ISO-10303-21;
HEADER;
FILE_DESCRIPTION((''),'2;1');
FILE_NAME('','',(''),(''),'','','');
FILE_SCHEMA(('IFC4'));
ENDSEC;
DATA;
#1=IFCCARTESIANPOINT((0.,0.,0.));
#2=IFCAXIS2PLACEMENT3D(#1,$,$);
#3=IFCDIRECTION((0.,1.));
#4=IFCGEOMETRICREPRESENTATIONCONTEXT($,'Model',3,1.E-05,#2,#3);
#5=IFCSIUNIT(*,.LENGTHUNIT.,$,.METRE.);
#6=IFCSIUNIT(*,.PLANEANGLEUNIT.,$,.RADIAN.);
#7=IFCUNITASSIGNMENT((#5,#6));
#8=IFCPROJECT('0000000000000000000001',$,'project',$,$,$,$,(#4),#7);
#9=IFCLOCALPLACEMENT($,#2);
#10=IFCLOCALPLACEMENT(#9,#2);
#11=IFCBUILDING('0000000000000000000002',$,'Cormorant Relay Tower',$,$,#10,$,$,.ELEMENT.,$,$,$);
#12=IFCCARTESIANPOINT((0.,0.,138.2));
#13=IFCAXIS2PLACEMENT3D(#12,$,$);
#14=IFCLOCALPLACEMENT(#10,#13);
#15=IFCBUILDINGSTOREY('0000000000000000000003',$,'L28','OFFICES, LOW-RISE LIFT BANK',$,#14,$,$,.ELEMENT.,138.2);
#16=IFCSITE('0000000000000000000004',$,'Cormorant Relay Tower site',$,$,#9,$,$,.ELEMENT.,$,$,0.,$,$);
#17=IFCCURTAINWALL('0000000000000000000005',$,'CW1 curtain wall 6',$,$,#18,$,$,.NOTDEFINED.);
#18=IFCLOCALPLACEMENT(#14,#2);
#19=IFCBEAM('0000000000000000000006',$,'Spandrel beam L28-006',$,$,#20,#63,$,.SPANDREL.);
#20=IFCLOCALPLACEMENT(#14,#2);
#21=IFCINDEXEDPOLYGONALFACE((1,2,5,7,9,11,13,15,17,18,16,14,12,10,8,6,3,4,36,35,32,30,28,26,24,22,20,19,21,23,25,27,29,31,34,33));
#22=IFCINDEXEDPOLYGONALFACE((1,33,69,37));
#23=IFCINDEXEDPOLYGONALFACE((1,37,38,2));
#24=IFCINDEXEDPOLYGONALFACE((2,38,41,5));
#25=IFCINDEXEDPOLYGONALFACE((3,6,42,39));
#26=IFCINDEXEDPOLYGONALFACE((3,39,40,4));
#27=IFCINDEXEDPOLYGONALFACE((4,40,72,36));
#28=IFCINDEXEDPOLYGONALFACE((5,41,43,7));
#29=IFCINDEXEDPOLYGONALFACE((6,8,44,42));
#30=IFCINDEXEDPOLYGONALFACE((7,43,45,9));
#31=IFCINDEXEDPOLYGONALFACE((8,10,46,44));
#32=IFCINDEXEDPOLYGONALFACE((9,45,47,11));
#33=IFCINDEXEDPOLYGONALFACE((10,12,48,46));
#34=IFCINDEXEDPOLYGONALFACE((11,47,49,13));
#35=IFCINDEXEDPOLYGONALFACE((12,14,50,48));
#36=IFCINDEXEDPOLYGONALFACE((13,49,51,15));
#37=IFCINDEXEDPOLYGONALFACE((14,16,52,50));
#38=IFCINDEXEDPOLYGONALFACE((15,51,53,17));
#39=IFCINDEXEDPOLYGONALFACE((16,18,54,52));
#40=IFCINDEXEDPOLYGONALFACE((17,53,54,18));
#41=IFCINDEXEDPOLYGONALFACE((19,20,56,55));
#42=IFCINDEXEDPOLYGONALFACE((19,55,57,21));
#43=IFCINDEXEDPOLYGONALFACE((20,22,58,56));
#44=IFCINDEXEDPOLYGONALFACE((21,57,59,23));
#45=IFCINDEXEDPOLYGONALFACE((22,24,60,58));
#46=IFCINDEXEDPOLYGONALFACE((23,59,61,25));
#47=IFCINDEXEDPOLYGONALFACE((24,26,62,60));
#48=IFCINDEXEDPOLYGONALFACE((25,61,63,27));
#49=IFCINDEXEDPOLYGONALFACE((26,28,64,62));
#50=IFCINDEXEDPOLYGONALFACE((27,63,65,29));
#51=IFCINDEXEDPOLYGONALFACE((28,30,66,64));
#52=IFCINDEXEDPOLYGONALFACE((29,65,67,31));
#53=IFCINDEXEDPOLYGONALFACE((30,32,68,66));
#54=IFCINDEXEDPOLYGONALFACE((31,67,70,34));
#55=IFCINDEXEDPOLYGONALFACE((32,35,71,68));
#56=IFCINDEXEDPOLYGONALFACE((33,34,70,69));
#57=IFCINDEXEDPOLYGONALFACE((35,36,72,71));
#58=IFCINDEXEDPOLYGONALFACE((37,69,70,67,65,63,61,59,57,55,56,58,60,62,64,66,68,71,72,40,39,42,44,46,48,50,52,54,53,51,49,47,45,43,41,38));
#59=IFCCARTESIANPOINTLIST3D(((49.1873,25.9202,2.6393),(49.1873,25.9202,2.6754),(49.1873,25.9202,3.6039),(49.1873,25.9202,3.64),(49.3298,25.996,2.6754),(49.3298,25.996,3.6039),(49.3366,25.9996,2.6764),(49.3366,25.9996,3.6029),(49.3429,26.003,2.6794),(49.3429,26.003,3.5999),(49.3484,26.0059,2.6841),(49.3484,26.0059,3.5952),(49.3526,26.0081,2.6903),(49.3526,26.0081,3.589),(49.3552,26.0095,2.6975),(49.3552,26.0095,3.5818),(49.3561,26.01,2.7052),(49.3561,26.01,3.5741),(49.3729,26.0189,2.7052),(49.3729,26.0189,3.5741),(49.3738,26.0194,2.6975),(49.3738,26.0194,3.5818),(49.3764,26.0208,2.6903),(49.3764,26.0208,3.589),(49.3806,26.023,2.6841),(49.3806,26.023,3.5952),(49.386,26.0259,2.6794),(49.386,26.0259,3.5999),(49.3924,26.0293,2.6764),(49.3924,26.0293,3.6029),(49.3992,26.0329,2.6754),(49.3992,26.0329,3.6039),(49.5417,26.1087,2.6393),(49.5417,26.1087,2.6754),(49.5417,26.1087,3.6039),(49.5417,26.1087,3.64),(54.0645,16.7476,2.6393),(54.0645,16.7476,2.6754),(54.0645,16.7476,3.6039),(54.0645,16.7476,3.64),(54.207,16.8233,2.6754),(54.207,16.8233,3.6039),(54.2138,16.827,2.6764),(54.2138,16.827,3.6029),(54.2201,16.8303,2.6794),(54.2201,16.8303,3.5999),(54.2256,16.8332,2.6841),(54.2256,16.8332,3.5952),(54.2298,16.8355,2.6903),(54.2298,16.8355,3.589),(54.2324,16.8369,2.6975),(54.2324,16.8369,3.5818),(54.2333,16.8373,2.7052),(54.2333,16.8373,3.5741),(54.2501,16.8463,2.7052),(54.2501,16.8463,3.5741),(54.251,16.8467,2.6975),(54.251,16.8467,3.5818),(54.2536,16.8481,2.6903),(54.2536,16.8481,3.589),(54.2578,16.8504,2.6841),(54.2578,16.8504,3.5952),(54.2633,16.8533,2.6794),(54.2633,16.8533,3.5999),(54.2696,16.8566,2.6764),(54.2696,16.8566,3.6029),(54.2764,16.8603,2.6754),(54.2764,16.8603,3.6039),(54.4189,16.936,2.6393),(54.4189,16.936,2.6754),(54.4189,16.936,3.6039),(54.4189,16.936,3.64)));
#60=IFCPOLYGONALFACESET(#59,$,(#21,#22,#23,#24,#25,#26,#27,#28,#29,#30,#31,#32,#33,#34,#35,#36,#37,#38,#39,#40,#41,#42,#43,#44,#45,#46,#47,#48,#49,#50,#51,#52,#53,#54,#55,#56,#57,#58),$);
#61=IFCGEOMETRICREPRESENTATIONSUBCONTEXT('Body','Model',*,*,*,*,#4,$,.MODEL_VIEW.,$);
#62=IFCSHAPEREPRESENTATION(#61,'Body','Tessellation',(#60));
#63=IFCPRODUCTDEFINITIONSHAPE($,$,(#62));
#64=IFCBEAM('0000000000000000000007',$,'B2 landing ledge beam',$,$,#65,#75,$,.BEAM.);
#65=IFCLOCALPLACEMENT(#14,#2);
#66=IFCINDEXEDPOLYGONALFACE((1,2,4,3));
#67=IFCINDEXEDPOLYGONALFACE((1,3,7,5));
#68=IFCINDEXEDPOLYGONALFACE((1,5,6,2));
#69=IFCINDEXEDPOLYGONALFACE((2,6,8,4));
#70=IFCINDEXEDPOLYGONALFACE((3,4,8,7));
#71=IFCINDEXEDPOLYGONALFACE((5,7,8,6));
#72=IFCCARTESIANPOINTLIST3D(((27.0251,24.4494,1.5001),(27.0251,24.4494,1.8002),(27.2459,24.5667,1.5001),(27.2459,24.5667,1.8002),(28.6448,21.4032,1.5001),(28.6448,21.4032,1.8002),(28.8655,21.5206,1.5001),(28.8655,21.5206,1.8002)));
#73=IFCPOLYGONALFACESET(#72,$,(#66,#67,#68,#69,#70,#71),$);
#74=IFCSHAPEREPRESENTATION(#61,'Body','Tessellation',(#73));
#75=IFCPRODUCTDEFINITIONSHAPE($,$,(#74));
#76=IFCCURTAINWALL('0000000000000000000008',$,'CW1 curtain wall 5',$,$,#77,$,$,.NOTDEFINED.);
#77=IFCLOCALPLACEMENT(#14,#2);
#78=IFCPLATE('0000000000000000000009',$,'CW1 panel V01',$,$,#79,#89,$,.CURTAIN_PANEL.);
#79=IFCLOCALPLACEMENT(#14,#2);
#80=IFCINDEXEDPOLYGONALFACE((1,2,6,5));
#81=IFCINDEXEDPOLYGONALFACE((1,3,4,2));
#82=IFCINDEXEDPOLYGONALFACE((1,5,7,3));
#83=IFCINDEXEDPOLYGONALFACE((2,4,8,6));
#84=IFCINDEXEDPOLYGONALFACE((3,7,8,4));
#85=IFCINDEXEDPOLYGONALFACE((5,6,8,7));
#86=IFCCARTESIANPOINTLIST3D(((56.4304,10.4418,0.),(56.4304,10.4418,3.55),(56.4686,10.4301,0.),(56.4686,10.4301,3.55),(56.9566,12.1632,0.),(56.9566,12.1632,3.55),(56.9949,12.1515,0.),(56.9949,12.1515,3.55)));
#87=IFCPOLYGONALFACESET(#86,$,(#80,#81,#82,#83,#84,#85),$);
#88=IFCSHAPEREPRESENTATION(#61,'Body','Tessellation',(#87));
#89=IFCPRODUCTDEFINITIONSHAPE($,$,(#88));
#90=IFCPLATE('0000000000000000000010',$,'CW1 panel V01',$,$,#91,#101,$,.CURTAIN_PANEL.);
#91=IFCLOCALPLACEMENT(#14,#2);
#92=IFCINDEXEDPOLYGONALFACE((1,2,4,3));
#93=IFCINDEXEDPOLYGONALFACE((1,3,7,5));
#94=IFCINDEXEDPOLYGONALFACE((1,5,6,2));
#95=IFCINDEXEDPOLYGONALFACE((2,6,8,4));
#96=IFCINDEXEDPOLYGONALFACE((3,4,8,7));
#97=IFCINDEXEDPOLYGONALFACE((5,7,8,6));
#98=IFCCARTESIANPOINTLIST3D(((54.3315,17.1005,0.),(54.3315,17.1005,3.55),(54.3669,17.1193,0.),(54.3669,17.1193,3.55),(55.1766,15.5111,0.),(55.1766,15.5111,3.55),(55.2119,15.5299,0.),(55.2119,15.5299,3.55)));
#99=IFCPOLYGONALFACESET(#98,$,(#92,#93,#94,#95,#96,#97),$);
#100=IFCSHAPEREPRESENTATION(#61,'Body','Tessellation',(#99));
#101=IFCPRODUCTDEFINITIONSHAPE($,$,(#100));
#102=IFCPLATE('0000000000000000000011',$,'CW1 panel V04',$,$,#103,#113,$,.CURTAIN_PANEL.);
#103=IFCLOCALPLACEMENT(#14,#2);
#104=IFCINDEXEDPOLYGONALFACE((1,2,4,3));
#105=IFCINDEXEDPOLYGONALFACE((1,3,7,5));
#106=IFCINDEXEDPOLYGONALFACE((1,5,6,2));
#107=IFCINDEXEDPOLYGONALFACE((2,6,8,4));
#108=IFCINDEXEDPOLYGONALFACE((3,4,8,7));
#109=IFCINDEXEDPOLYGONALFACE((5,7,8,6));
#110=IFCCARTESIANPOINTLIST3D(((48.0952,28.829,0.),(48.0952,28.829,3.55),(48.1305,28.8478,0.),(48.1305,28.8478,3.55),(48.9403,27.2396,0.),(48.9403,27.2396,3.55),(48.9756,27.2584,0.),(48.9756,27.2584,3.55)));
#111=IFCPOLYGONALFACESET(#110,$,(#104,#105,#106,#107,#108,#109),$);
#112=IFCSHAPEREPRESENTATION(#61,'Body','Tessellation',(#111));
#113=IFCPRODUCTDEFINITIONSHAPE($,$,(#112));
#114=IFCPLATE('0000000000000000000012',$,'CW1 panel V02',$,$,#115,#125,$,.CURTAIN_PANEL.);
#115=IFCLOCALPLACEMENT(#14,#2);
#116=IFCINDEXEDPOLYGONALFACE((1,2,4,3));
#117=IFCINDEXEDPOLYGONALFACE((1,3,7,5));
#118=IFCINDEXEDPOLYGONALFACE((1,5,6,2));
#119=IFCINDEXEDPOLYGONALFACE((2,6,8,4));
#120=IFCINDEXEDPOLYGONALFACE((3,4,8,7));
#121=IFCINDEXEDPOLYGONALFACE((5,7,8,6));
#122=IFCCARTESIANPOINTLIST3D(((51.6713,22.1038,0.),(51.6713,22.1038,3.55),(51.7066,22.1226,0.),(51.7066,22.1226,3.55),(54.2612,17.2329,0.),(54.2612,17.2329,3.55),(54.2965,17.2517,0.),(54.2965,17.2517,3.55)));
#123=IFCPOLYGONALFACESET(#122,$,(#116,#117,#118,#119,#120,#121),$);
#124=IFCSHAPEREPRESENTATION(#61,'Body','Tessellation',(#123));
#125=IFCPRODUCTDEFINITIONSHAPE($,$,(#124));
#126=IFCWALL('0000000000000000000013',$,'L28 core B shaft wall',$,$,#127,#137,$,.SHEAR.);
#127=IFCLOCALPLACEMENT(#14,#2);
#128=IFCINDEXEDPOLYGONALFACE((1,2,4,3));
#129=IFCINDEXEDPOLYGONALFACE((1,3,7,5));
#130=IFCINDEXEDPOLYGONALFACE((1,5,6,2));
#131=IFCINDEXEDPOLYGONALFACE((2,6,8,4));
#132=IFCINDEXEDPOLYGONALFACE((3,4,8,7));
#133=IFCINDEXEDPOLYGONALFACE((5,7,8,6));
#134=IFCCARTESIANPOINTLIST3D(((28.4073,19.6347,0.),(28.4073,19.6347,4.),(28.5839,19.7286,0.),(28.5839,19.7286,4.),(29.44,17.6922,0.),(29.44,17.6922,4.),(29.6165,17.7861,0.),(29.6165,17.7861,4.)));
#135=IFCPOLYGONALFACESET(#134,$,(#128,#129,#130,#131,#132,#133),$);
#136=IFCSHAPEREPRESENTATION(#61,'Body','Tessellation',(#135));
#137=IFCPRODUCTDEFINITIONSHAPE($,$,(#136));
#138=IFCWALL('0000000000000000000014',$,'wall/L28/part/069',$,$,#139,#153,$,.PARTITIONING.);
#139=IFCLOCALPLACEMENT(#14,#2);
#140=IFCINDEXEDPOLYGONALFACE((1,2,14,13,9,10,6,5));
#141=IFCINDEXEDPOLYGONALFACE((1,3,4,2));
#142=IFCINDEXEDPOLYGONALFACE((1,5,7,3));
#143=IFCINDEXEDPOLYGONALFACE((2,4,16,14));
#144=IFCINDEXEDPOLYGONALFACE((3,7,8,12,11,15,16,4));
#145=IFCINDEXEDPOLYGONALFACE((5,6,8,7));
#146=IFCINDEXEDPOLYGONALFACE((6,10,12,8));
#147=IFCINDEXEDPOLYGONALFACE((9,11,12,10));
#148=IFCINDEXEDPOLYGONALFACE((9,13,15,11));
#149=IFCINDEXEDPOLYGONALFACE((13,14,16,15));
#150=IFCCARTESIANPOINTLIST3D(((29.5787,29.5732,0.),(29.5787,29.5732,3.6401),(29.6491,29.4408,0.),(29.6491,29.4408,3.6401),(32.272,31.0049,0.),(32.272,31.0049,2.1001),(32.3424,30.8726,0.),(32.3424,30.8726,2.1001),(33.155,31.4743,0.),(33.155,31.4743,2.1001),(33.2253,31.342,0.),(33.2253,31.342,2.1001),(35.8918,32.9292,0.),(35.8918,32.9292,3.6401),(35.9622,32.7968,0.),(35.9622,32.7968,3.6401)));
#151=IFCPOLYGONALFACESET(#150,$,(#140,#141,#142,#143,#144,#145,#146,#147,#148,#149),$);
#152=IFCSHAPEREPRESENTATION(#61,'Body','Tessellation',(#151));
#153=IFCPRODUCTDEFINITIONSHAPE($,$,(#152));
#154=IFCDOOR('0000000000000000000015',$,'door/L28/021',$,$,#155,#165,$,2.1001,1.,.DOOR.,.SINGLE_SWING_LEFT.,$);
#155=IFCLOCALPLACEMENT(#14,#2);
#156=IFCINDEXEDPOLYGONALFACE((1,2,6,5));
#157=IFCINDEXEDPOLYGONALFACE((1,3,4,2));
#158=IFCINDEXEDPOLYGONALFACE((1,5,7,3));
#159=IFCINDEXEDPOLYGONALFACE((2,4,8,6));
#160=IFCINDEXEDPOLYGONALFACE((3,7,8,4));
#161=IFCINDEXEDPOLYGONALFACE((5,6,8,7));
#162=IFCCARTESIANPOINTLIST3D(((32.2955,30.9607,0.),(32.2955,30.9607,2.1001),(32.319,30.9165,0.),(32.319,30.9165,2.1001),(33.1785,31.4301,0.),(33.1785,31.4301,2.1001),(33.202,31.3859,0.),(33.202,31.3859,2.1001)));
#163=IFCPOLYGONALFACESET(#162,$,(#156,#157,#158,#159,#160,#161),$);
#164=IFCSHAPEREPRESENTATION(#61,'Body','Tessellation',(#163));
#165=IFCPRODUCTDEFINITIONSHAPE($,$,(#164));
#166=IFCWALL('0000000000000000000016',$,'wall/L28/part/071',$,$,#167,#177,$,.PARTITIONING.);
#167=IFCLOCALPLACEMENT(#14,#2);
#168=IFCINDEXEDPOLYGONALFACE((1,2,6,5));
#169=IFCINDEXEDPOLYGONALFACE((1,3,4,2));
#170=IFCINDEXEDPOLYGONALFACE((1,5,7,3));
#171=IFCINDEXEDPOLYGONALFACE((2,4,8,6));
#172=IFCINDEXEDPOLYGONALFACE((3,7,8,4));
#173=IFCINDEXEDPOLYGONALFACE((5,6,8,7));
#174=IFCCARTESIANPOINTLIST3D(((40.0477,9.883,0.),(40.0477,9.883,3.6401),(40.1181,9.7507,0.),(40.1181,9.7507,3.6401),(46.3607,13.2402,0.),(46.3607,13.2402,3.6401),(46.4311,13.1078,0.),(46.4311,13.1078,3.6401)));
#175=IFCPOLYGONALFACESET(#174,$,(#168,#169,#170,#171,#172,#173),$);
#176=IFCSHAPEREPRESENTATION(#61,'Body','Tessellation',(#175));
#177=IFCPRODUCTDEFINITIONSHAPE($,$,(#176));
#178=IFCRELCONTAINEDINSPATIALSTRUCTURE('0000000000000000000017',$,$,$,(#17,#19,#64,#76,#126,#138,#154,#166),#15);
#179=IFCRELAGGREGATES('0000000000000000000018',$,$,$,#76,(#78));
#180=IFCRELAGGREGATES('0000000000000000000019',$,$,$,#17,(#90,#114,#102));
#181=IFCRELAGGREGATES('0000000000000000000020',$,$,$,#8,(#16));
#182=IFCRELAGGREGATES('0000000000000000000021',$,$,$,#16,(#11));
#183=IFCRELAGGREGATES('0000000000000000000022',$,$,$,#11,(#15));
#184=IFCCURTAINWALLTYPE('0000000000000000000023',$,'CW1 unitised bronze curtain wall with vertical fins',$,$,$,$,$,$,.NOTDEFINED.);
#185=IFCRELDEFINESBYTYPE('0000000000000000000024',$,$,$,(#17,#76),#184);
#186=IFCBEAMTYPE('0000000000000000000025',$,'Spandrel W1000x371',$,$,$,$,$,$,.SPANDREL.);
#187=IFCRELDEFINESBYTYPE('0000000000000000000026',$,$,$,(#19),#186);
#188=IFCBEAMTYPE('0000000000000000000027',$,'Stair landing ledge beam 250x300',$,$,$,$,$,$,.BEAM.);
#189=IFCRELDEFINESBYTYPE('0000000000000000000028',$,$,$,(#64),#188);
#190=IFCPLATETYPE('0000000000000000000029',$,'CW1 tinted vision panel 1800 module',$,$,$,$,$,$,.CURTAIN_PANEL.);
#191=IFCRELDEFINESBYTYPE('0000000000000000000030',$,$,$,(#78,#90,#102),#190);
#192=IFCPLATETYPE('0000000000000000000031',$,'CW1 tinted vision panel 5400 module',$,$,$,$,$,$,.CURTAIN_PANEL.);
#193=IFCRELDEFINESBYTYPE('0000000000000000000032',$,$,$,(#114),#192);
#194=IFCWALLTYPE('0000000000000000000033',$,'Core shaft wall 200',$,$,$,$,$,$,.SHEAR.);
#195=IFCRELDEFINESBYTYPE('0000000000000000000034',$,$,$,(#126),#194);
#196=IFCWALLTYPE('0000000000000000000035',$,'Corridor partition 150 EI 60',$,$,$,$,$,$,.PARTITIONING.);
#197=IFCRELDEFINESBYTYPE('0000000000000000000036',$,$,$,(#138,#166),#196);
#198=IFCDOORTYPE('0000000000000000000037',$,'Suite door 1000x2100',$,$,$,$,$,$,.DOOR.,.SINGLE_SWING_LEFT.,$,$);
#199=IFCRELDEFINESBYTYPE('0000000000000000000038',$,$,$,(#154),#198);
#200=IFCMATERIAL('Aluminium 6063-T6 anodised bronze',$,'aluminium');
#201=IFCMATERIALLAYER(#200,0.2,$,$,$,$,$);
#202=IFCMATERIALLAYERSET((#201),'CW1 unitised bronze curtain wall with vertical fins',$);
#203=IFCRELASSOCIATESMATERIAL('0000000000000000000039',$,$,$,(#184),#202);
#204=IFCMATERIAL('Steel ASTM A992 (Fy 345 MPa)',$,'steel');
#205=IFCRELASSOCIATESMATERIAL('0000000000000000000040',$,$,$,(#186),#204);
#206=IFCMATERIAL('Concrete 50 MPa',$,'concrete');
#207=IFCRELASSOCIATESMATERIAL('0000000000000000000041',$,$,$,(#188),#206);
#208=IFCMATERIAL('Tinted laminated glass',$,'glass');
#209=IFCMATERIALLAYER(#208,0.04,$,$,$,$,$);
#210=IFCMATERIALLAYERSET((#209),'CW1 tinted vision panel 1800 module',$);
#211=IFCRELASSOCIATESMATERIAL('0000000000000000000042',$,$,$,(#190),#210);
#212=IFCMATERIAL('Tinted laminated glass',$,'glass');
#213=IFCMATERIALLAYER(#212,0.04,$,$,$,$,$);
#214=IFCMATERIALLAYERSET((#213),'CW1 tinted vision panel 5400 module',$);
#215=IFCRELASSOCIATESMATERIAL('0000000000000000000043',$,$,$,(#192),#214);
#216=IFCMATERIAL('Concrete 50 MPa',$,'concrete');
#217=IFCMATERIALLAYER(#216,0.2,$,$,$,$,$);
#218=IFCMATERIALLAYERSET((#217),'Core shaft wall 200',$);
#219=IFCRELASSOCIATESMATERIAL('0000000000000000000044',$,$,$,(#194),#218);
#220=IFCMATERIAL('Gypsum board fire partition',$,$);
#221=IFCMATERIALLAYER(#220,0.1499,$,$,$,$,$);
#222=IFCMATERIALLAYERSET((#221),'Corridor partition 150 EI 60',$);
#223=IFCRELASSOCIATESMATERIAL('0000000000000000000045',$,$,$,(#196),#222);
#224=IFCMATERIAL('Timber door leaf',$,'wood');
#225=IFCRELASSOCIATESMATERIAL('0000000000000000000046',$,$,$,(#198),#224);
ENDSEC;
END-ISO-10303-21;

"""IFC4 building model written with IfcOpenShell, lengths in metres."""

from ifc_helpers import new_model, si_unit, direction, frame, frame_2d, origin, origin_2d, place, context, subcontext, project, spatial, rectangle, i_section, extrude, material, layer, layer_set, material_profile, profile_set, type_object, element, fill, aggregate, save


model = new_model("IFC4")

# Units and contexts
model_context = context("Model", 3, precision=1e-05, world=origin(), true_north=direction((0.0, 1.0)))
body_context = subcontext(model_context, "Body", "Model", "MODEL_VIEW")
ifc_project = project(units=[si_unit("LENGTHUNIT", "METRE"), si_unit("PLANEANGLEUNIT", "RADIAN")], contexts=[model_context])

# Site, building, storey
site_placement = place(None, origin())
site = spatial("IfcSite", under=ifc_project, at=site_placement, Name="Cormorant Relay Tower site", CompositionType="ELEMENT", RefElevation=0.0)
building_placement = place(site_placement, origin())
building = spatial("IfcBuilding", under=site, at=building_placement, Name="Cormorant Relay Tower", CompositionType="ELEMENT")
storey_placement = place(building_placement, frame((0.0, 0.0, 138.2)))
storey = spatial("IfcBuildingStorey", under=building, at=storey_placement, Name="L28", Description="OFFICES, LOW-RISE LIFT BANK", CompositionType="ELEMENT", Elevation=138.2)

# Curtain wall
ifc_material_1 = material(Name="Aluminium 6063-T6 anodised bronze", Category="aluminium")
ifc_layer_1 = layer(ifc_material_1, 0.2)
ifc_layer_set_1 = layer_set([ifc_layer_1], Name="CW1 unitised bronze curtain wall with vertical fins")
curtain_wall_type = type_object("IfcCurtainWallType", Name="CW1 unitised bronze curtain wall with vertical fins", PredefinedType="NOTDEFINED", material=ifc_layer_set_1)
curtain_wall_1_placement = place(storey_placement, origin())
curtain_wall_1 = element("IfcCurtainWall", 1, at=curtain_wall_1_placement, inside=storey, type_object=curtain_wall_type, Name="CW1 curtain wall 6", PredefinedType="NOTDEFINED")

# Beams
ifc_material_2 = material(Name="Steel ASTM A992 (Fy 345 MPa)", Category="steel")
ifc_material_profile_1 = material_profile(ifc_material_2, i_section(OverallWidth=0.4014, OverallDepth=1.0007, WebThickness=0.019, FlangeThickness=0.0361, FilletRadius=0.0298, at=origin_2d()), Name="W1000x371")
ifc_profile_set_1 = profile_set([ifc_material_profile_1], Name="Steel ASTM A992 (Fy 345 MPa)")
beam_type_1 = type_object("IfcBeamType", Name="Spandrel W1000x371", PredefinedType="SPANDREL", material=ifc_profile_set_1)
beam_1_placement = place(storey_placement, frame((54.2417, 16.8418, 3.1396), z_axis=(-0.469474, 0.882946, 0.0), x_axis=(-0.882946, -0.469474, 0.0)))
element("IfcBeam", 2, at=beam_1_placement, inside=storey, type_object=beam_type_1, Name="Spandrel beam L28-006", PredefinedType="SPANDREL", context=body_context, shape_type="SweptSolid", body=[
    extrude(i_section(OverallWidth=0.4014, OverallDepth=1.0007, WebThickness=0.019, FlangeThickness=0.0361, FilletRadius=0.0298, at=origin_2d()), origin(), (0.0, 0.0, 1.0), 10.3887),
])
ifc_material_3 = material(Name="Concrete 50 MPa", Category="concrete")
ifc_material_profile_2 = material_profile(ifc_material_3, rectangle(XDim=0.25, YDim=0.3, at=origin_2d()), Name="RC 250x300")
ifc_profile_set_2 = profile_set([ifc_material_profile_2], Name="Concrete 50 MPa")
beam_type_2 = type_object("IfcBeamType", Name="Stair landing ledge beam 250x300", PredefinedType="BEAM", material=ifc_profile_set_2)
beam_2_placement = place(storey_placement, frame((28.7551, 21.4619, 1.6501), z_axis=(-0.469464, 0.882952, 0.0), x_axis=(-0.882952, -0.469464, 0.0)))
element("IfcBeam", 3, at=beam_2_placement, inside=storey, type_object=beam_type_2, Name="B2 landing ledge beam", PredefinedType="BEAM", context=body_context, shape_type="SweptSolid", body=[
    extrude(rectangle(XDim=0.25, YDim=0.3, at=origin_2d()), origin(), (0.0, 0.0, 1.0), 3.45),
])

# Curtain wall, plate
curtain_wall_2_placement = place(storey_placement, origin())
curtain_wall_2 = element("IfcCurtainWall", 4, at=curtain_wall_2_placement, inside=storey, type_object=curtain_wall_type, Name="CW1 curtain wall 5", PredefinedType="NOTDEFINED")
ifc_material_4 = material(Name="Tinted laminated glass", Category="glass")
ifc_layer_2 = layer(ifc_material_4, 0.04)
ifc_layer_set_2 = layer_set([ifc_layer_2], Name="CW1 tinted vision panel 1800 module")
plate_type_1 = type_object("IfcPlateType", Name="CW1 tinted vision panel 1800 module", PredefinedType="CURTAIN_PANEL", material=ifc_layer_set_2)
plate_1_placement = place(storey_placement, frame((56.7126, 11.2966, 0.0), z_axis=(0.0, 0.0, 1.0), x_axis=(0.292372, 0.956305, 0.0)))
plate_1 = element("IfcPlate", 5, at=plate_1_placement, type_object=plate_type_1, Name="CW1 panel V01", PredefinedType="CURTAIN_PANEL", context=body_context, shape_type="SweptSolid", body=[
    extrude(rectangle(XDim=1.8, YDim=0.04, at=origin_2d()), origin(), (0.0, 0.0, 1.0), 3.55),
])
aggregate(curtain_wall_2, [plate_1])

# Plates
plate_2_placement = place(storey_placement, frame((54.7717, 16.3152, 0.0), z_axis=(0.0, 0.0, 1.0), x_axis=(-0.469472, 0.882948, 0.0)))
plate_2 = element("IfcPlate", 6, at=plate_2_placement, type_object=plate_type_1, Name="CW1 panel V01", PredefinedType="CURTAIN_PANEL", context=body_context, shape_type="SweptSolid", body=[
    extrude(rectangle(XDim=1.8, YDim=0.04, at=origin_2d()), origin(), (0.0, 0.0, 1.0), 3.55),
])
plate_3_placement = place(storey_placement, frame((48.5354, 28.0437, 0.0), z_axis=(0.0, 0.0, 1.0), x_axis=(-0.469472, 0.882948, 0.0)))
plate_3 = element("IfcPlate", 7, at=plate_3_placement, type_object=plate_type_1, Name="CW1 panel V04", PredefinedType="CURTAIN_PANEL", context=body_context, shape_type="SweptSolid", body=[
    extrude(rectangle(XDim=1.8, YDim=0.04, at=origin_2d()), origin(), (0.0, 0.0, 1.0), 3.55),
])
ifc_material_5 = material(Name="Tinted laminated glass", Category="glass")
ifc_layer_3 = layer(ifc_material_5, 0.04)
ifc_layer_set_3 = layer_set([ifc_layer_3], Name="CW1 tinted vision panel 5400 module")
plate_type_2 = type_object("IfcPlateType", Name="CW1 tinted vision panel 5400 module", PredefinedType="CURTAIN_PANEL", material=ifc_layer_set_3)
plate_4_placement = place(storey_placement, frame((52.9839, 19.6777, 0.0), z_axis=(0.0, 0.0, 1.0), x_axis=(-0.469472, 0.882948, 0.0)))
plate_4 = element("IfcPlate", 8, at=plate_4_placement, type_object=plate_type_2, Name="CW1 panel V02", PredefinedType="CURTAIN_PANEL", context=body_context, shape_type="SweptSolid", body=[
    extrude(rectangle(XDim=5.5166, YDim=0.04, at=origin_2d()), origin(), (0.0, 0.0, 1.0), 3.55),
])

# Wall
ifc_material_6 = material(Name="Concrete 50 MPa", Category="concrete")
ifc_layer_4 = layer(ifc_material_6, 0.2)
ifc_layer_set_4 = layer_set([ifc_layer_4], Name="Core shaft wall 200")
wall_type_1 = type_object("IfcWallType", Name="Core shaft wall 200", PredefinedType="SHEAR", material=ifc_layer_set_4)
wall_1_placement = place(storey_placement, frame((29.5283, 17.739, 0.0), z_axis=(0.0, 0.0, 1.0), x_axis=(-0.469401, 0.882985, 0.0)))
element("IfcWall", 9, at=wall_1_placement, inside=storey, type_object=wall_type_1, Name="L28 core B shaft wall", PredefinedType="SHEAR", context=body_context, shape_type="SweptSolid", body=[
    extrude(rectangle(XDim=2.2, YDim=0.2, at=frame_2d((1.1001, 0.0))), origin(), (0.0, 0.0, 1.0), 4.0),
])

# Wall, opening, door
ifc_material_7 = material(Name="Gypsum board fire partition")
ifc_layer_5 = layer(ifc_material_7, 0.1499)
ifc_layer_set_5 = layer_set([ifc_layer_5], Name="Corridor partition 150 EI 60")
wall_type_2 = type_object("IfcWallType", Name="Corridor partition 150 EI 60", PredefinedType="PARTITIONING", material=ifc_layer_set_5)
wall_2_placement = place(storey_placement, frame((29.614, 29.5071, 0.0), z_axis=(0.0, 0.0, 1.0), x_axis=(0.882989, 0.469393, 0.0)))
wall_2 = element("IfcWall", 10, at=wall_2_placement, inside=storey, type_object=wall_type_2, Name="wall/L28/part/069", PredefinedType="PARTITIONING", context=body_context, shape_type="SweptSolid", body=[
    extrude(rectangle(XDim=7.1497, YDim=0.1499, at=frame_2d((3.5747, 0.0))), origin(), (0.0, 0.0, 1.0), 3.6401),
])
opening_placement = place(wall_2_placement, frame((3.05, 0.0, 0.0)))
opening = element("IfcOpeningElement", 11, at=opening_placement, cuts=wall_2, PredefinedType="OPENING", context=body_context, shape_type="SweptSolid", body=[
    extrude(rectangle(XDim=1.0, YDim=2.1001, at=frame_2d((0.5, 1.05))), frame((0.0, 0.085, 0.0), z_axis=(0.0, -1.0, 0.0), x_axis=(1.0, 0.0, 0.0)), (0.0, 0.0, 1.0), 0.1699),
])
ifc_material_8 = material(Name="Timber door leaf", Category="wood")
door_type = type_object("IfcDoorType", Name="Suite door 1000x2100", OperationType="SINGLE_SWING_LEFT", PredefinedType="DOOR", material=ifc_material_8)
door_placement = place(opening_placement, origin())
door = element("IfcDoor", 12, at=door_placement, inside=storey, type_object=door_type, Name="door/L28/021", OperationType="SINGLE_SWING_LEFT", OverallHeight=2.1001, OverallWidth=1.0, PredefinedType="DOOR", context=body_context, shape_type="SweptSolid", body=[
    extrude(rectangle(XDim=1.0, YDim=2.1001, at=frame_2d((0.5, 1.05))), frame((0.0, 0.0249, 0.0), z_axis=(0.0, -1.0, 0.0), x_axis=(1.0, 0.0, 0.0)), (0.0, 0.0, 1.0), 0.05),
])
fill(opening, door)

# Wall
wall_3_placement = place(storey_placement, frame((46.396, 13.1741, 0.0), z_axis=(0.0, 0.0, 1.0), x_axis=(-0.882918, -0.469526, 0.0)))
element("IfcWall", 13, at=wall_3_placement, inside=storey, type_object=wall_type_2, Name="wall/L28/part/071", PredefinedType="PARTITIONING", context=body_context, shape_type="SweptSolid", body=[
    extrude(rectangle(XDim=7.1501, YDim=0.1499, at=frame_2d((3.5752, 0.0))), origin(), (0.0, 0.0, 1.0), 3.6401),
])

aggregate(curtain_wall_1, [plate_2, plate_4, plate_3])

save(model, "model.ifc")
